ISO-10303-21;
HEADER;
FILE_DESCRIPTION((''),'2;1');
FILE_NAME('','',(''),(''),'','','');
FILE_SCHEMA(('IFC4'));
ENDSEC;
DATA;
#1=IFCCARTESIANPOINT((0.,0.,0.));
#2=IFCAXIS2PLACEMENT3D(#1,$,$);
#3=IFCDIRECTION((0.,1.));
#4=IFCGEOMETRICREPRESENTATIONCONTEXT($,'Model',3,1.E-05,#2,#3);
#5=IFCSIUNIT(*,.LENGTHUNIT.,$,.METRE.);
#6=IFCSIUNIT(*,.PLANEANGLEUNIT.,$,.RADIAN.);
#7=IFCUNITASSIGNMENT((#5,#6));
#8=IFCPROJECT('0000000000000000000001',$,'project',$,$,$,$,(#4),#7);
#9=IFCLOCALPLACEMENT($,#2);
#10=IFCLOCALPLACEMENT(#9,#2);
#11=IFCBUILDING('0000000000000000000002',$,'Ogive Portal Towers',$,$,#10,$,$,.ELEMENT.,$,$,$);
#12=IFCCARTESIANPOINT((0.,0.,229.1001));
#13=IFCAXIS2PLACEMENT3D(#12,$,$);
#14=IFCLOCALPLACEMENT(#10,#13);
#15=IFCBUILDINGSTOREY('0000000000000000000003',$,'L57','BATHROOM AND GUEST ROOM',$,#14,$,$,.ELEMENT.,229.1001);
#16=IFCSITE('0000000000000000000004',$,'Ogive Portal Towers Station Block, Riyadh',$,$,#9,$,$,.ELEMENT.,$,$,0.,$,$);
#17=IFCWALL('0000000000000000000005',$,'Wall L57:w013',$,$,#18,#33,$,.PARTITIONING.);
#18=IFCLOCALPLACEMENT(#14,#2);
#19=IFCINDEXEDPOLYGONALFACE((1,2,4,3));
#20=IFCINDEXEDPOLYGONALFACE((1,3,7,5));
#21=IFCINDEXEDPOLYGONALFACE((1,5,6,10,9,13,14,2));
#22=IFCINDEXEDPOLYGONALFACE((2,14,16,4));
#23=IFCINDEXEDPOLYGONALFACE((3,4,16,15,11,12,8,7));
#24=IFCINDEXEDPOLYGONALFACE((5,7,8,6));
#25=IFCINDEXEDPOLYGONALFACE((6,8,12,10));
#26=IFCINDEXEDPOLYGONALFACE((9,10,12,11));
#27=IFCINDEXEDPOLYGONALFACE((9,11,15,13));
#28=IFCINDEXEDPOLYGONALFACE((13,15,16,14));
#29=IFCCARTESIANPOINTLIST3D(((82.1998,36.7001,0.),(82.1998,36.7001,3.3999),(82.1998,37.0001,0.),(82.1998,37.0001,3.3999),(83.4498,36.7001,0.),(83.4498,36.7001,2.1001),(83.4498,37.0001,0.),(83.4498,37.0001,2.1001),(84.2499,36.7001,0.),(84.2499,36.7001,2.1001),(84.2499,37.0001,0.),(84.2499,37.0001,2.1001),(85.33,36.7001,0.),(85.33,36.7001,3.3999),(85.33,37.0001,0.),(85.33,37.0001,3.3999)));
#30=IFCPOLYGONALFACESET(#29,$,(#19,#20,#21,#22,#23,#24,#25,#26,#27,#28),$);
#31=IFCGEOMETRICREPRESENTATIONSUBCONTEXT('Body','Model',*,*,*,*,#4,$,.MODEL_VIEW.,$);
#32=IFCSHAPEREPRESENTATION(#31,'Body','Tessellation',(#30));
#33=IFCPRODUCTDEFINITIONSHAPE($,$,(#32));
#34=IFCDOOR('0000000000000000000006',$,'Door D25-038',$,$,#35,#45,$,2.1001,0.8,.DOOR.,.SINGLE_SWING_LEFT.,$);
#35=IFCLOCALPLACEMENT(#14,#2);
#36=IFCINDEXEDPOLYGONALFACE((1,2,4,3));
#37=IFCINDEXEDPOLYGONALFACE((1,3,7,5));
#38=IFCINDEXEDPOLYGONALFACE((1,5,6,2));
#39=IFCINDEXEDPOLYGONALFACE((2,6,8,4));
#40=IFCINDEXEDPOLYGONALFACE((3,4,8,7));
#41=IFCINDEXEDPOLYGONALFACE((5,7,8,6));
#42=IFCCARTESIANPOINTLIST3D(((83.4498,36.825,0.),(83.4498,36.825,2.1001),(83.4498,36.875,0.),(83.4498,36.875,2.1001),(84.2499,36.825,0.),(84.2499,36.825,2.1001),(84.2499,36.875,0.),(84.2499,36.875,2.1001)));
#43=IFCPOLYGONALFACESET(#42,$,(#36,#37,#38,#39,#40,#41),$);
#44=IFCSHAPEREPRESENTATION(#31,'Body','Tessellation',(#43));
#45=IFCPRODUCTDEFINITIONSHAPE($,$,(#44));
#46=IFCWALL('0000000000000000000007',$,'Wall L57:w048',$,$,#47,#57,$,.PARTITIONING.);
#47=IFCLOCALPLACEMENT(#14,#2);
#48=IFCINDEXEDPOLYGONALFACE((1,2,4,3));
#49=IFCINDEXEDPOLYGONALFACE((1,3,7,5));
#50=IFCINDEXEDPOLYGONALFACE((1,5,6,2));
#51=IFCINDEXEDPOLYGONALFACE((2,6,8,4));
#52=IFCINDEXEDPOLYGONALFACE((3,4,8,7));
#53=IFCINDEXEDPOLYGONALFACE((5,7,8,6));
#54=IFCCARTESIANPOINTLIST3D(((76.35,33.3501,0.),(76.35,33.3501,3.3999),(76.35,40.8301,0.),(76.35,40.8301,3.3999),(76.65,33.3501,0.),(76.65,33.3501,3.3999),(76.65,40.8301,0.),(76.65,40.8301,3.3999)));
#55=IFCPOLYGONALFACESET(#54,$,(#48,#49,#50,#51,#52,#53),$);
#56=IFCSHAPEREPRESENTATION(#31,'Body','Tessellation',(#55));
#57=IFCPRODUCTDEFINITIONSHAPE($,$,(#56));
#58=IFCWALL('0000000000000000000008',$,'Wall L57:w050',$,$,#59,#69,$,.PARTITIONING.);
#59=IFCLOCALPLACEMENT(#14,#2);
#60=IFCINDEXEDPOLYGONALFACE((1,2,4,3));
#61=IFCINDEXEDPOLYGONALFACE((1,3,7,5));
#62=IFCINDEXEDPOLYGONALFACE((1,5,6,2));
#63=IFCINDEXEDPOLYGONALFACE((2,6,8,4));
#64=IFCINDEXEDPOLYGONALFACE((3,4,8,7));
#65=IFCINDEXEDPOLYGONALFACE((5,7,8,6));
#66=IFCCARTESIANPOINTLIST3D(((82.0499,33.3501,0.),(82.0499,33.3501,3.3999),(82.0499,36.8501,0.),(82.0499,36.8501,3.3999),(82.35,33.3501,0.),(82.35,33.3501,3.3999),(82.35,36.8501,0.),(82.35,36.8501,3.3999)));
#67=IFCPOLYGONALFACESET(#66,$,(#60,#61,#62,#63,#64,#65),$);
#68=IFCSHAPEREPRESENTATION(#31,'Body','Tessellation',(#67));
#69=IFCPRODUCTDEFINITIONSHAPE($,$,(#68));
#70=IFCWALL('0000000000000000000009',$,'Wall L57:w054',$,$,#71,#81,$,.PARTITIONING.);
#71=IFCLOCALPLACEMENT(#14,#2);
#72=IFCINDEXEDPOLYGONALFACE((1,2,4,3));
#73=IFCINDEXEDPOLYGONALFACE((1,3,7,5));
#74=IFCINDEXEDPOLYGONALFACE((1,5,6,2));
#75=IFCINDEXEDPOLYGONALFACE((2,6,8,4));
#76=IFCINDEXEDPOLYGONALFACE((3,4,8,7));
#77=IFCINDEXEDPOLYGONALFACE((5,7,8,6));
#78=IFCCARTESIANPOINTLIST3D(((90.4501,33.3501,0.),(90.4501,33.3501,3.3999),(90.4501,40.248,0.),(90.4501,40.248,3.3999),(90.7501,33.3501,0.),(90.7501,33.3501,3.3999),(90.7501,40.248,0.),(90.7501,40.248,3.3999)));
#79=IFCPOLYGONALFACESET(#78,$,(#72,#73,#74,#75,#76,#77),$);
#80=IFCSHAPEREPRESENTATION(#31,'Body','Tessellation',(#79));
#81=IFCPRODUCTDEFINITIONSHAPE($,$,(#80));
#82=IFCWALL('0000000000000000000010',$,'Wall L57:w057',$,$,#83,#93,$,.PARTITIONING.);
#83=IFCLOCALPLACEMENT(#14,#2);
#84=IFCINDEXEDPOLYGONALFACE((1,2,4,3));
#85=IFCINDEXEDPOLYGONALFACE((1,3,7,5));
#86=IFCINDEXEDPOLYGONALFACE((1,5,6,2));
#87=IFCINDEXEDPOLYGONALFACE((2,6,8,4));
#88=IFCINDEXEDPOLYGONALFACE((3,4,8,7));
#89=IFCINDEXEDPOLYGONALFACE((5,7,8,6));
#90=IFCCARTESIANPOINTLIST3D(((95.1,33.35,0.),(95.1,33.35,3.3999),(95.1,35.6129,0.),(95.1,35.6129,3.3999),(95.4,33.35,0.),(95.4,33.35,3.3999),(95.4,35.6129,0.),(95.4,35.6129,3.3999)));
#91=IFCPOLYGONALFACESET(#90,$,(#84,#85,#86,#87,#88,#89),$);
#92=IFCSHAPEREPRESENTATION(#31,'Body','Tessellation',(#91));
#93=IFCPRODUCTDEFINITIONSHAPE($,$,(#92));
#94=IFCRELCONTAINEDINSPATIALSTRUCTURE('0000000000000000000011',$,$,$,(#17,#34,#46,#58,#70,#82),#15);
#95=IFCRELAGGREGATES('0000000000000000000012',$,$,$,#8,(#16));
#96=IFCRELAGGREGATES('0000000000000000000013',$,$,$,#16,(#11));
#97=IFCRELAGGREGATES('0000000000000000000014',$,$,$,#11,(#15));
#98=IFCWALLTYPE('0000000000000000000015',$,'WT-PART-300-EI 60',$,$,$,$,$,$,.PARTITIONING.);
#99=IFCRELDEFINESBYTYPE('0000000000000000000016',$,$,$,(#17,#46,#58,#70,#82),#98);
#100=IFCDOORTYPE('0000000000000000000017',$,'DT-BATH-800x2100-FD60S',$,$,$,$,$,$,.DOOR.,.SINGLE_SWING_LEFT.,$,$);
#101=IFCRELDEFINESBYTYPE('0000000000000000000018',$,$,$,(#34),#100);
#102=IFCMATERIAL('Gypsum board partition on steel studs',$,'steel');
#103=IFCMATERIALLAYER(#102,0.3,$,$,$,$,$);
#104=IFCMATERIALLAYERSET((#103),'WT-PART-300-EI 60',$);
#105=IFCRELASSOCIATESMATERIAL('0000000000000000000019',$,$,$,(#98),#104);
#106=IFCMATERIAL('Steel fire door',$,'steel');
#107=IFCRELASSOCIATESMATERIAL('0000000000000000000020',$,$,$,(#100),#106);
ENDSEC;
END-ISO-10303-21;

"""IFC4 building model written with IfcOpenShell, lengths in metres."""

from ifc_helpers import new_model, si_unit, direction, frame, frame_2d, origin, place, context, subcontext, project, spatial, rectangle, extrude, material, layer, layer_set, type_object, element, fill, save


model = new_model("IFC4")

# Units and contexts
model_context = context("Model", 3, precision=1e-05, world=origin(), true_north=direction((0.0, 1.0)))
body_context = subcontext(model_context, "Body", "Model", "MODEL_VIEW")
ifc_project = project(units=[si_unit("LENGTHUNIT", "METRE"), si_unit("PLANEANGLEUNIT", "RADIAN")], contexts=[model_context])

# Site, building, storey
site_placement = place(None, origin())
site = spatial("IfcSite", under=ifc_project, at=site_placement, Name="Ogive Portal Towers Station Block, Riyadh", CompositionType="ELEMENT", RefElevation=0.0)
building_placement = place(site_placement, origin())
building = spatial("IfcBuilding", under=site, at=building_placement, Name="Ogive Portal Towers", CompositionType="ELEMENT")
storey_placement = place(building_placement, frame((0.0, 0.0, 229.1001)))
storey = spatial("IfcBuildingStorey", under=building, at=storey_placement, Name="L57", Description="BATHROOM AND GUEST ROOM", CompositionType="ELEMENT", Elevation=229.1001)

# Shared definitions
ifc_material_1 = material(Name="Steel fire door", Category="steel")
ifc_material_2 = material(Name="Gypsum board partition on steel studs", Category="steel")

# Wall, opening, door
ifc_layer_1 = layer(ifc_material_2, 0.3)
ifc_layer_set_1 = layer_set([ifc_layer_1], Name="WT-PART-300-EI 60")
wall_type_1 = type_object("IfcWallType", Name="WT-PART-300-EI 60", PredefinedType="PARTITIONING", material=ifc_layer_set_1)
wall_1_placement = place(storey_placement, frame((82.2, 36.8501, 0.0), z_axis=(0.0, 0.0, 1.0), x_axis=(1.0, 0.0, 0.0)))
wall_1 = element("IfcWall", 1, at=wall_1_placement, inside=storey, type_object=wall_type_1, Name="Wall L57:w013", PredefinedType="PARTITIONING", context=body_context, shape_type="SweptSolid", body=[
    extrude(rectangle(XDim=3.1301, YDim=0.3, at=frame_2d((1.5649, 0.0))), origin(), (0.0, 0.0, 1.0), 3.3999),
])
opening_1_placement = place(wall_1_placement, frame((1.25, 0.0, 0.0)))
opening_1 = element("IfcOpeningElement", 2, at=opening_1_placement, cuts=wall_1, PredefinedType="OPENING", context=body_context, shape_type="SweptSolid", body=[
    extrude(rectangle(XDim=0.8, YDim=2.1001, at=frame_2d((0.3999, 1.05))), frame((0.0, 0.1602, 0.0), z_axis=(0.0, -1.0, 0.0), x_axis=(1.0, 0.0, 0.0)), (0.0, 0.0, 1.0), 0.3201),
])
door_type_1 = type_object("IfcDoorType", Name="DT-BATH-800x2100-FD60S", OperationType="SINGLE_SWING_LEFT", PredefinedType="DOOR", material=ifc_material_1)
door_1_placement = place(opening_1_placement, origin())
door_1 = element("IfcDoor", 3, at=door_1_placement, inside=storey, type_object=door_type_1, Name="Door D25-038", OperationType="SINGLE_SWING_LEFT", OverallHeight=2.1001, OverallWidth=0.8, PredefinedType="DOOR", context=body_context, shape_type="SweptSolid", body=[
    extrude(rectangle(XDim=0.8, YDim=2.1001, at=frame_2d((0.3999, 1.05))), frame((0.0, 0.0249, 0.0), z_axis=(0.0, -1.0, 0.0), x_axis=(1.0, 0.0, 0.0)), (0.0, 0.0, 1.0), 0.05),
])
fill(opening_1, door_1)

# Walls
wall_2_placement = place(storey_placement, frame((76.5, 33.3501, 0.0), z_axis=(0.0, 0.0, 1.0), x_axis=(0.0, 1.0, 0.0)))
element("IfcWall", 4, at=wall_2_placement, inside=storey, type_object=wall_type_1, Name="Wall L57:w048", PredefinedType="PARTITIONING", context=body_context, shape_type="SweptSolid", body=[
    extrude(rectangle(XDim=7.48, YDim=0.3, at=frame_2d((3.74, 0.0))), origin(), (0.0, 0.0, 1.0), 3.3999),
])
wall_3_placement = place(storey_placement, frame((82.2, 33.3501, 0.0), z_axis=(0.0, 0.0, 1.0), x_axis=(0.0, 1.0, 0.0)))
element("IfcWall", 5, at=wall_3_placement, inside=storey, type_object=wall_type_1, Name="Wall L57:w050", PredefinedType="PARTITIONING", context=body_context, shape_type="SweptSolid", body=[
    extrude(rectangle(XDim=3.5, YDim=0.3, at=frame_2d((1.75, 0.0))), origin(), (0.0, 0.0, 1.0), 3.3999),
])
wall_4_placement = place(storey_placement, frame((90.6001, 33.3501, 0.0), z_axis=(0.0, 0.0, 1.0), x_axis=(0.0, 1.0, 0.0)))
element("IfcWall", 6, at=wall_4_placement, inside=storey, type_object=wall_type_1, Name="Wall L57:w054", PredefinedType="PARTITIONING", context=body_context, shape_type="SweptSolid", body=[
    extrude(rectangle(XDim=6.8979, YDim=0.3, at=frame_2d((3.449, 0.0))), origin(), (0.0, 0.0, 1.0), 3.3999),
])
wall_5_placement = place(storey_placement, frame((95.25, 33.3501, 0.0), z_axis=(0.0, 0.0, 1.0), x_axis=(0.0, 1.0, 0.0)))
element("IfcWall", 7, at=wall_5_placement, inside=storey, type_object=wall_type_1, Name="Wall L57:w057", PredefinedType="PARTITIONING", context=body_context, shape_type="SweptSolid", body=[
    extrude(rectangle(XDim=2.2629, YDim=0.3, at=frame_2d((1.1313, 0.0))), origin(), (0.0, 0.0, 1.0), 3.3999),
])

save(model, "model.ifc")
